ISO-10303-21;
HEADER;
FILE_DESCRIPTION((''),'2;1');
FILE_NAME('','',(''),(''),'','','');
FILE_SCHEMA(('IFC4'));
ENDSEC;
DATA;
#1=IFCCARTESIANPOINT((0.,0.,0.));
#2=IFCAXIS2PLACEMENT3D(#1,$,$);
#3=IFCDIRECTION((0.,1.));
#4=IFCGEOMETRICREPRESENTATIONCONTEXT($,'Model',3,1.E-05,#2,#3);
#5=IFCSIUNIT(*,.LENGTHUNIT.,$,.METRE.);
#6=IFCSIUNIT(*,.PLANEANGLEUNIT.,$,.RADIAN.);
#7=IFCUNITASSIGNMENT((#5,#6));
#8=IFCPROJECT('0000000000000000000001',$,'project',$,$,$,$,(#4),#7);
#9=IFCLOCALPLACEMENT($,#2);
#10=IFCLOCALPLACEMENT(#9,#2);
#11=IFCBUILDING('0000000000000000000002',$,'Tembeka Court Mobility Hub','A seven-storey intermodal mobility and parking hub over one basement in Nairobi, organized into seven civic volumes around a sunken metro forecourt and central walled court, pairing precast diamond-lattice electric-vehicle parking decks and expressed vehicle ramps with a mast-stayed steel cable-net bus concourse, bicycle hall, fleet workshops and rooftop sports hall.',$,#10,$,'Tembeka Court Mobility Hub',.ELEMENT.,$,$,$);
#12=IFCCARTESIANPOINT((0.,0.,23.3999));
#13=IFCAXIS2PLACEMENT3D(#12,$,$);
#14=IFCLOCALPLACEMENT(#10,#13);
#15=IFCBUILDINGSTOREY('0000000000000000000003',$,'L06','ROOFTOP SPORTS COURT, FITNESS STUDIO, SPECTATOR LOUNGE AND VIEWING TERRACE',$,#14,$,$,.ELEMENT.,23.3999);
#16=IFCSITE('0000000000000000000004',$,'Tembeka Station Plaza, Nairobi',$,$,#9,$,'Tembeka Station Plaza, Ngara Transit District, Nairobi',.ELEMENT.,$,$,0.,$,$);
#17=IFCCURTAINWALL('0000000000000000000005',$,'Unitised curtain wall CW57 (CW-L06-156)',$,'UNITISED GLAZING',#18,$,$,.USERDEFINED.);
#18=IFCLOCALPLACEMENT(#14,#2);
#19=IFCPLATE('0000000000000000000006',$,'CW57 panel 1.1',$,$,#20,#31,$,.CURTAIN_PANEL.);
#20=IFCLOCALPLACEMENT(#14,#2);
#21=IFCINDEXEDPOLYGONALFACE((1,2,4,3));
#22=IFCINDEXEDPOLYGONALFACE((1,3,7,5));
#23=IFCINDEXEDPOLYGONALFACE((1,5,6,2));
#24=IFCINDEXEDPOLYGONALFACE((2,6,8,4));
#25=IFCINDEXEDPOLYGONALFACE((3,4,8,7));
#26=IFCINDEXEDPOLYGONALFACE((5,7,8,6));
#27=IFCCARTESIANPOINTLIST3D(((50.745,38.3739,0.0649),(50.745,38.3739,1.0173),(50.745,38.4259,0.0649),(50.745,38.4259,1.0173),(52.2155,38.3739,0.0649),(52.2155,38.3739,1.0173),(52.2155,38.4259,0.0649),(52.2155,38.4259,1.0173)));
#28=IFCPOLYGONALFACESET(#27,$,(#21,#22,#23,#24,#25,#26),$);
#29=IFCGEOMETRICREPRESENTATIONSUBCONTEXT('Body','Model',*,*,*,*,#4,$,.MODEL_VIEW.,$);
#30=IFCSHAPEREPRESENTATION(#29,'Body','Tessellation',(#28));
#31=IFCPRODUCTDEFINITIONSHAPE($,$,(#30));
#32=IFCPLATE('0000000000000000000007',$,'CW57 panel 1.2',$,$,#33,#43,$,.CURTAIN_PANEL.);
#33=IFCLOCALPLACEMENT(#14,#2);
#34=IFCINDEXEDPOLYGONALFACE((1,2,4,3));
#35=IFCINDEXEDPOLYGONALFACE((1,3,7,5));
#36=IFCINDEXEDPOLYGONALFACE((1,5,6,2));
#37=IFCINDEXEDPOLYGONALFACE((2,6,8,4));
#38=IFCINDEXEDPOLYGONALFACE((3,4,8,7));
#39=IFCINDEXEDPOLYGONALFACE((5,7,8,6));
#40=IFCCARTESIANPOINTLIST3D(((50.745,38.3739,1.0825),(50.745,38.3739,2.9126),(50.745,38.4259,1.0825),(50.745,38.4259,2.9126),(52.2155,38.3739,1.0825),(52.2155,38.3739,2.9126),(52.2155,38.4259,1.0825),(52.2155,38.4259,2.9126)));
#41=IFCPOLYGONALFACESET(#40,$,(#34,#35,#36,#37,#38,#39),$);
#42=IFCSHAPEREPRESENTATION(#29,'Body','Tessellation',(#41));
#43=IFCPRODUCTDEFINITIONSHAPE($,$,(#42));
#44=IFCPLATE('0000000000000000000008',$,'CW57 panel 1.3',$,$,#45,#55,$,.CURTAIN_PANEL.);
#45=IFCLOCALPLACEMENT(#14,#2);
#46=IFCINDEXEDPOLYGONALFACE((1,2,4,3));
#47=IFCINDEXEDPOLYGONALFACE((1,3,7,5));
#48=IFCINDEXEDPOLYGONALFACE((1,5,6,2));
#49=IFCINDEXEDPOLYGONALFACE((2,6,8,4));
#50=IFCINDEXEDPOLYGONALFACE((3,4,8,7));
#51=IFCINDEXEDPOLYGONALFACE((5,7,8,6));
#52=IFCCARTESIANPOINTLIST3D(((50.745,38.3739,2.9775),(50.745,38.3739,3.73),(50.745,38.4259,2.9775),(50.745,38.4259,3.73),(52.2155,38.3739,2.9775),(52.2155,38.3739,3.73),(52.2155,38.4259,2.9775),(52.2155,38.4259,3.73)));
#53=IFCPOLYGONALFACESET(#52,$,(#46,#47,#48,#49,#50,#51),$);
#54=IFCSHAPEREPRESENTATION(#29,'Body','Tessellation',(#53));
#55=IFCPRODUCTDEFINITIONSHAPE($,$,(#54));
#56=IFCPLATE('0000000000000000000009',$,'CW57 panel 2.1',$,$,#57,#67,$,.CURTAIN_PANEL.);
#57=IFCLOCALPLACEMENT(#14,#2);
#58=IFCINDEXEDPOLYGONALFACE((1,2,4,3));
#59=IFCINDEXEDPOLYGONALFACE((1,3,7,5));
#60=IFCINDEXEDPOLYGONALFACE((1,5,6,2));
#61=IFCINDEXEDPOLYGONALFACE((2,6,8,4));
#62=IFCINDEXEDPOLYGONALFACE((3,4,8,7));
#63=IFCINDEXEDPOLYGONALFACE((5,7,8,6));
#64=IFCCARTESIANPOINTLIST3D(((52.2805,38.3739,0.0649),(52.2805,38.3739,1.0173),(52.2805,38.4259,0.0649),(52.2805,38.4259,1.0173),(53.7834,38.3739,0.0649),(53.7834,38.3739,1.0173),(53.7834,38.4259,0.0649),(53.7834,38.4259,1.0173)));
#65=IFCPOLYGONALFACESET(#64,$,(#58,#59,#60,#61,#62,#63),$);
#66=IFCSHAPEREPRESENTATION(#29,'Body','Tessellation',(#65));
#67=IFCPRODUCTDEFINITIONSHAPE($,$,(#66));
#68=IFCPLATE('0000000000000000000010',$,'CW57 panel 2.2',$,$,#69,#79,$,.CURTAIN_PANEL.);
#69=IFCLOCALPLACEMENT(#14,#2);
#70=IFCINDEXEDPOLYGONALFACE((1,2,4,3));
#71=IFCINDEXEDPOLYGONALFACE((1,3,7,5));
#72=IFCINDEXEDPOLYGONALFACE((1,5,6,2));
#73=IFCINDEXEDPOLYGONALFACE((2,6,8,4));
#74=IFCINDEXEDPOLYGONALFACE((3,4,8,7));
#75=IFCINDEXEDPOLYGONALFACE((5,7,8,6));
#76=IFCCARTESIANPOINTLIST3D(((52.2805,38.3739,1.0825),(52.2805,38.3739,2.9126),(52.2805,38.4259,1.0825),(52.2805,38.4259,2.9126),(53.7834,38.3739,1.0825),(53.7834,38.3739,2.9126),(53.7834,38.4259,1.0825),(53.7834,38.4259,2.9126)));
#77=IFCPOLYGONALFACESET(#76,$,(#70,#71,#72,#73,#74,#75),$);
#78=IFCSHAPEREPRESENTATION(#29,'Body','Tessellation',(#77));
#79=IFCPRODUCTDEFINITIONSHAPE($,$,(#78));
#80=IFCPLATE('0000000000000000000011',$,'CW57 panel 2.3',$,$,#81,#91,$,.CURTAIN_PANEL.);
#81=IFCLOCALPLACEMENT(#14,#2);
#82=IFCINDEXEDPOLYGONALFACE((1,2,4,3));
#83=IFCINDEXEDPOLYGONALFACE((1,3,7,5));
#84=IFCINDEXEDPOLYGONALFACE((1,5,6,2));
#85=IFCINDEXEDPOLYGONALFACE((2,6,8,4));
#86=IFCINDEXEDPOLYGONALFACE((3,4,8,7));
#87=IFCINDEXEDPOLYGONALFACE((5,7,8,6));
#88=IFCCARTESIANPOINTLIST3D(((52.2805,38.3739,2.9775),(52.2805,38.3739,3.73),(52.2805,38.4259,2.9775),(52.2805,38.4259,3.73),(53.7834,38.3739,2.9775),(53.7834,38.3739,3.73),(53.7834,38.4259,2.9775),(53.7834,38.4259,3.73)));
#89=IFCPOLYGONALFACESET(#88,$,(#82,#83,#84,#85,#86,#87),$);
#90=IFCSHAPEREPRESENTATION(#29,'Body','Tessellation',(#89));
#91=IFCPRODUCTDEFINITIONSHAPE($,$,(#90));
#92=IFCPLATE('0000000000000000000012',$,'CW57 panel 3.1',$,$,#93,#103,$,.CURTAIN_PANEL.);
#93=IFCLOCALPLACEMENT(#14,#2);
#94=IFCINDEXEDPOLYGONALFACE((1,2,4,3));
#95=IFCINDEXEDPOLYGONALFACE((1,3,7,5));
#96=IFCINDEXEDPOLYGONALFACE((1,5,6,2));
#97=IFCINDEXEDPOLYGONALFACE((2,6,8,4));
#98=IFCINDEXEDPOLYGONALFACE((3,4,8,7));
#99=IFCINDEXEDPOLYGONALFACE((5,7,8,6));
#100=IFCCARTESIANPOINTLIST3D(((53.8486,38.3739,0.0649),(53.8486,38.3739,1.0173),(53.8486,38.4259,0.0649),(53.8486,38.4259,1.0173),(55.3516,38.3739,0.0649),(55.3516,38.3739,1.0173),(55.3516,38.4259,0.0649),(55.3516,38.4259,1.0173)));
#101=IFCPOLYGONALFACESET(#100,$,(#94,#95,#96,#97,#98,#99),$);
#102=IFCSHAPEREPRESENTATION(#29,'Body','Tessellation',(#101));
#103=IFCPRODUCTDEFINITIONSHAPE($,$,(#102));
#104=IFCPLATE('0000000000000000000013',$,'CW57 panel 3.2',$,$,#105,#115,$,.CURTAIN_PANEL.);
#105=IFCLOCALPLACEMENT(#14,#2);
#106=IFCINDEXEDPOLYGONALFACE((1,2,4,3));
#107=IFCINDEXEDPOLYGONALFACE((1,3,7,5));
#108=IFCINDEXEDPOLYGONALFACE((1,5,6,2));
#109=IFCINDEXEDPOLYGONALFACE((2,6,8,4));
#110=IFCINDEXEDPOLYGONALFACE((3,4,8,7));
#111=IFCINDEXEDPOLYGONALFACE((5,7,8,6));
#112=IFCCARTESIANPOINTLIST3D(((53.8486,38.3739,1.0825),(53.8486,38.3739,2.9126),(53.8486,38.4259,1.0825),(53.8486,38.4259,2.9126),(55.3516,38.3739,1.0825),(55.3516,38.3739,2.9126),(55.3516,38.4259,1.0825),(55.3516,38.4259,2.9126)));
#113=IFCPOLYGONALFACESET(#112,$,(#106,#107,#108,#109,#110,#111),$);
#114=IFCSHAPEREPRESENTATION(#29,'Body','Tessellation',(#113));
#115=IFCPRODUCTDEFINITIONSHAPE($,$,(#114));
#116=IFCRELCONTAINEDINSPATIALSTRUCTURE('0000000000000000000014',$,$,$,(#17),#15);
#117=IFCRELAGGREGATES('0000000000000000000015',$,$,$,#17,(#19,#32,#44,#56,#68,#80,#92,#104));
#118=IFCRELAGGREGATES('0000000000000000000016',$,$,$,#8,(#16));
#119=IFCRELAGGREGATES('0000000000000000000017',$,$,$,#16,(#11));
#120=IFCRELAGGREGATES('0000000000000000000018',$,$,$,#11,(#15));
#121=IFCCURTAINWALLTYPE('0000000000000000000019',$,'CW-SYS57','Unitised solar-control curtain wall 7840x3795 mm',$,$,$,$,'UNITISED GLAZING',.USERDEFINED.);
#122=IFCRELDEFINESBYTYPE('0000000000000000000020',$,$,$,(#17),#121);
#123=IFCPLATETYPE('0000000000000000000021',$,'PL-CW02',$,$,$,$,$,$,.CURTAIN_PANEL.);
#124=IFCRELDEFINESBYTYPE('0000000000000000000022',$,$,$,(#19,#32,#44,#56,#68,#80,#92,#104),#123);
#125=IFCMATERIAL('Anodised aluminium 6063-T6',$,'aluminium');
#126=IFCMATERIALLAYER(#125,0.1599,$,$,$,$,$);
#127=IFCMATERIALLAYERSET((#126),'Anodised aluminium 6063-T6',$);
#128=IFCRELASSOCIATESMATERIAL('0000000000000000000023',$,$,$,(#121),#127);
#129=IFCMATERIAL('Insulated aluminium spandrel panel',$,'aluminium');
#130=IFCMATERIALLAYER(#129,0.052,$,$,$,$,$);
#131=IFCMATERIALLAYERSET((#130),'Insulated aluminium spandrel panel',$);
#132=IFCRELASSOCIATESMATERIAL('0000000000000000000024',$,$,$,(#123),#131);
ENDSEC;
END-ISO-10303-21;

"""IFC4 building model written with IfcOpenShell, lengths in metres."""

from ifc_helpers import new_model, si_unit, direction, frame, origin, origin_2d, place, context, subcontext, project, spatial, rectangle, extrude, material, layer, layer_set, type_object, element, aggregate, save


model = new_model("IFC4")

# Units and contexts
model_context = context("Model", 3, precision=1e-05, world=origin(), true_north=direction((0.0, 1.0)))
body_context = subcontext(model_context, "Body", "Model", "MODEL_VIEW")
ifc_project = project(units=[si_unit("LENGTHUNIT", "METRE"), si_unit("PLANEANGLEUNIT", "RADIAN")], contexts=[model_context])

# Site, building, storey
site_placement = place(None, origin())
site = spatial("IfcSite", under=ifc_project, at=site_placement, Name="Tembeka Station Plaza, Nairobi", LongName="Tembeka Station Plaza, Ngara Transit District, Nairobi", CompositionType="ELEMENT", RefElevation=0.0)
building_placement = place(site_placement, origin())
building = spatial("IfcBuilding", under=site, at=building_placement, Name="Tembeka Court Mobility Hub", Description="A seven-storey intermodal mobility and parking hub over one basement in Nairobi, organized into seven civic volumes around a sunken metro forecourt and central walled court, pairing precast diamond-lattice electric-vehicle parking decks and expressed vehicle ramps with a mast-stayed steel cable-net bus concourse, bicycle hall, fleet workshops and rooftop sports hall.", LongName="Tembeka Court Mobility Hub", CompositionType="ELEMENT")
storey_placement = place(building_placement, frame((0.0, 0.0, 23.3999)))
storey = spatial("IfcBuildingStorey", under=building, at=storey_placement, Name="L06", Description="ROOFTOP SPORTS COURT, FITNESS STUDIO, SPECTATOR LOUNGE AND VIEWING TERRACE", CompositionType="ELEMENT", Elevation=23.3999)

# Curtain wall, plates
ifc_material_1 = material(Name="Anodised aluminium 6063-T6", Category="aluminium")
ifc_layer_1 = layer(ifc_material_1, 0.1599)
ifc_layer_set_1 = layer_set([ifc_layer_1], Name="Anodised aluminium 6063-T6")
curtain_wall_type = type_object("IfcCurtainWallType", Name="CW-SYS57", Description="Unitised solar-control curtain wall 7840x3795 mm", ElementType="UNITISED GLAZING", PredefinedType="USERDEFINED", material=ifc_layer_set_1)
curtain_wall_placement = place(storey_placement, origin())
curtain_wall = element("IfcCurtainWall", 1, at=curtain_wall_placement, inside=storey, type_object=curtain_wall_type, Name="Unitised curtain wall CW57 (CW-L06-156)", ObjectType="UNITISED GLAZING", PredefinedType="USERDEFINED")
ifc_material_2 = material(Name="Insulated aluminium spandrel panel", Category="aluminium")
ifc_layer_2 = layer(ifc_material_2, 0.052)
ifc_layer_set_2 = layer_set([ifc_layer_2], Name="Insulated aluminium spandrel panel")
plate_type = type_object("IfcPlateType", Name="PL-CW02", PredefinedType="CURTAIN_PANEL", material=ifc_layer_set_2)
plate_1_placement = place(storey_placement, frame((51.4802, 38.3999, 0.0649), z_axis=(0.0, 0.0, 1.0), x_axis=(1.0, 0.0, 0.0)))
plate_1 = element("IfcPlate", 2, at=plate_1_placement, type_object=plate_type, Name="CW57 panel 1.1", PredefinedType="CURTAIN_PANEL", context=body_context, shape_type="SweptSolid", body=[
    extrude(rectangle(XDim=1.4705, YDim=0.052, at=origin_2d()), origin(), (0.0, 0.0, 1.0), 0.9524),
])
plate_2_placement = place(storey_placement, frame((51.4802, 38.3999, 1.0825), z_axis=(0.0, 0.0, 1.0), x_axis=(1.0, 0.0, 0.0)))
plate_2 = element("IfcPlate", 3, at=plate_2_placement, type_object=plate_type, Name="CW57 panel 1.2", PredefinedType="CURTAIN_PANEL", context=body_context, shape_type="SweptSolid", body=[
    extrude(rectangle(XDim=1.4705, YDim=0.052, at=origin_2d()), origin(), (0.0, 0.0, 1.0), 1.8301),
])
plate_3_placement = place(storey_placement, frame((51.4802, 38.3999, 2.9775), z_axis=(0.0, 0.0, 1.0), x_axis=(1.0, 0.0, 0.0)))
plate_3 = element("IfcPlate", 4, at=plate_3_placement, type_object=plate_type, Name="CW57 panel 1.3", PredefinedType="CURTAIN_PANEL", context=body_context, shape_type="SweptSolid", body=[
    extrude(rectangle(XDim=1.4705, YDim=0.052, at=origin_2d()), origin(), (0.0, 0.0, 1.0), 0.7524),
])
plate_4_placement = place(storey_placement, frame((53.032, 38.3999, 0.0649), z_axis=(0.0, 0.0, 1.0), x_axis=(1.0, 0.0, 0.0)))
plate_4 = element("IfcPlate", 5, at=plate_4_placement, type_object=plate_type, Name="CW57 panel 2.1", PredefinedType="CURTAIN_PANEL", context=body_context, shape_type="SweptSolid", body=[
    extrude(rectangle(XDim=1.5029, YDim=0.052, at=origin_2d()), origin(), (0.0, 0.0, 1.0), 0.9524),
])
plate_5_placement = place(storey_placement, frame((53.032, 38.3999, 1.0825), z_axis=(0.0, 0.0, 1.0), x_axis=(1.0, 0.0, 0.0)))
plate_5 = element("IfcPlate", 6, at=plate_5_placement, type_object=plate_type, Name="CW57 panel 2.2", PredefinedType="CURTAIN_PANEL", context=body_context, shape_type="SweptSolid", body=[
    extrude(rectangle(XDim=1.5029, YDim=0.052, at=origin_2d()), origin(), (0.0, 0.0, 1.0), 1.8301),
])
plate_6_placement = place(storey_placement, frame((53.032, 38.3999, 2.9775), z_axis=(0.0, 0.0, 1.0), x_axis=(1.0, 0.0, 0.0)))
plate_6 = element("IfcPlate", 7, at=plate_6_placement, type_object=plate_type, Name="CW57 panel 2.3", PredefinedType="CURTAIN_PANEL", context=body_context, shape_type="SweptSolid", body=[
    extrude(rectangle(XDim=1.5029, YDim=0.052, at=origin_2d()), origin(), (0.0, 0.0, 1.0), 0.7524),
])
plate_7_placement = place(storey_placement, frame((54.6001, 38.3999, 0.0649), z_axis=(0.0, 0.0, 1.0), x_axis=(1.0, 0.0, 0.0)))
plate_7 = element("IfcPlate", 8, at=plate_7_placement, type_object=plate_type, Name="CW57 panel 3.1", PredefinedType="CURTAIN_PANEL", context=body_context, shape_type="SweptSolid", body=[
    extrude(rectangle(XDim=1.5029, YDim=0.052, at=origin_2d()), origin(), (0.0, 0.0, 1.0), 0.9524),
])
plate_8_placement = place(storey_placement, frame((54.6001, 38.3999, 1.0825), z_axis=(0.0, 0.0, 1.0), x_axis=(1.0, 0.0, 0.0)))
plate_8 = element("IfcPlate", 9, at=plate_8_placement, type_object=plate_type, Name="CW57 panel 3.2", PredefinedType="CURTAIN_PANEL", context=body_context, shape_type="SweptSolid", body=[
    extrude(rectangle(XDim=1.5029, YDim=0.052, at=origin_2d()), origin(), (0.0, 0.0, 1.0), 1.8301),
])
aggregate(curtain_wall, [plate_1, plate_2, plate_3, plate_4, plate_5, plate_6, plate_7, plate_8])

save(model, "model.ifc")
